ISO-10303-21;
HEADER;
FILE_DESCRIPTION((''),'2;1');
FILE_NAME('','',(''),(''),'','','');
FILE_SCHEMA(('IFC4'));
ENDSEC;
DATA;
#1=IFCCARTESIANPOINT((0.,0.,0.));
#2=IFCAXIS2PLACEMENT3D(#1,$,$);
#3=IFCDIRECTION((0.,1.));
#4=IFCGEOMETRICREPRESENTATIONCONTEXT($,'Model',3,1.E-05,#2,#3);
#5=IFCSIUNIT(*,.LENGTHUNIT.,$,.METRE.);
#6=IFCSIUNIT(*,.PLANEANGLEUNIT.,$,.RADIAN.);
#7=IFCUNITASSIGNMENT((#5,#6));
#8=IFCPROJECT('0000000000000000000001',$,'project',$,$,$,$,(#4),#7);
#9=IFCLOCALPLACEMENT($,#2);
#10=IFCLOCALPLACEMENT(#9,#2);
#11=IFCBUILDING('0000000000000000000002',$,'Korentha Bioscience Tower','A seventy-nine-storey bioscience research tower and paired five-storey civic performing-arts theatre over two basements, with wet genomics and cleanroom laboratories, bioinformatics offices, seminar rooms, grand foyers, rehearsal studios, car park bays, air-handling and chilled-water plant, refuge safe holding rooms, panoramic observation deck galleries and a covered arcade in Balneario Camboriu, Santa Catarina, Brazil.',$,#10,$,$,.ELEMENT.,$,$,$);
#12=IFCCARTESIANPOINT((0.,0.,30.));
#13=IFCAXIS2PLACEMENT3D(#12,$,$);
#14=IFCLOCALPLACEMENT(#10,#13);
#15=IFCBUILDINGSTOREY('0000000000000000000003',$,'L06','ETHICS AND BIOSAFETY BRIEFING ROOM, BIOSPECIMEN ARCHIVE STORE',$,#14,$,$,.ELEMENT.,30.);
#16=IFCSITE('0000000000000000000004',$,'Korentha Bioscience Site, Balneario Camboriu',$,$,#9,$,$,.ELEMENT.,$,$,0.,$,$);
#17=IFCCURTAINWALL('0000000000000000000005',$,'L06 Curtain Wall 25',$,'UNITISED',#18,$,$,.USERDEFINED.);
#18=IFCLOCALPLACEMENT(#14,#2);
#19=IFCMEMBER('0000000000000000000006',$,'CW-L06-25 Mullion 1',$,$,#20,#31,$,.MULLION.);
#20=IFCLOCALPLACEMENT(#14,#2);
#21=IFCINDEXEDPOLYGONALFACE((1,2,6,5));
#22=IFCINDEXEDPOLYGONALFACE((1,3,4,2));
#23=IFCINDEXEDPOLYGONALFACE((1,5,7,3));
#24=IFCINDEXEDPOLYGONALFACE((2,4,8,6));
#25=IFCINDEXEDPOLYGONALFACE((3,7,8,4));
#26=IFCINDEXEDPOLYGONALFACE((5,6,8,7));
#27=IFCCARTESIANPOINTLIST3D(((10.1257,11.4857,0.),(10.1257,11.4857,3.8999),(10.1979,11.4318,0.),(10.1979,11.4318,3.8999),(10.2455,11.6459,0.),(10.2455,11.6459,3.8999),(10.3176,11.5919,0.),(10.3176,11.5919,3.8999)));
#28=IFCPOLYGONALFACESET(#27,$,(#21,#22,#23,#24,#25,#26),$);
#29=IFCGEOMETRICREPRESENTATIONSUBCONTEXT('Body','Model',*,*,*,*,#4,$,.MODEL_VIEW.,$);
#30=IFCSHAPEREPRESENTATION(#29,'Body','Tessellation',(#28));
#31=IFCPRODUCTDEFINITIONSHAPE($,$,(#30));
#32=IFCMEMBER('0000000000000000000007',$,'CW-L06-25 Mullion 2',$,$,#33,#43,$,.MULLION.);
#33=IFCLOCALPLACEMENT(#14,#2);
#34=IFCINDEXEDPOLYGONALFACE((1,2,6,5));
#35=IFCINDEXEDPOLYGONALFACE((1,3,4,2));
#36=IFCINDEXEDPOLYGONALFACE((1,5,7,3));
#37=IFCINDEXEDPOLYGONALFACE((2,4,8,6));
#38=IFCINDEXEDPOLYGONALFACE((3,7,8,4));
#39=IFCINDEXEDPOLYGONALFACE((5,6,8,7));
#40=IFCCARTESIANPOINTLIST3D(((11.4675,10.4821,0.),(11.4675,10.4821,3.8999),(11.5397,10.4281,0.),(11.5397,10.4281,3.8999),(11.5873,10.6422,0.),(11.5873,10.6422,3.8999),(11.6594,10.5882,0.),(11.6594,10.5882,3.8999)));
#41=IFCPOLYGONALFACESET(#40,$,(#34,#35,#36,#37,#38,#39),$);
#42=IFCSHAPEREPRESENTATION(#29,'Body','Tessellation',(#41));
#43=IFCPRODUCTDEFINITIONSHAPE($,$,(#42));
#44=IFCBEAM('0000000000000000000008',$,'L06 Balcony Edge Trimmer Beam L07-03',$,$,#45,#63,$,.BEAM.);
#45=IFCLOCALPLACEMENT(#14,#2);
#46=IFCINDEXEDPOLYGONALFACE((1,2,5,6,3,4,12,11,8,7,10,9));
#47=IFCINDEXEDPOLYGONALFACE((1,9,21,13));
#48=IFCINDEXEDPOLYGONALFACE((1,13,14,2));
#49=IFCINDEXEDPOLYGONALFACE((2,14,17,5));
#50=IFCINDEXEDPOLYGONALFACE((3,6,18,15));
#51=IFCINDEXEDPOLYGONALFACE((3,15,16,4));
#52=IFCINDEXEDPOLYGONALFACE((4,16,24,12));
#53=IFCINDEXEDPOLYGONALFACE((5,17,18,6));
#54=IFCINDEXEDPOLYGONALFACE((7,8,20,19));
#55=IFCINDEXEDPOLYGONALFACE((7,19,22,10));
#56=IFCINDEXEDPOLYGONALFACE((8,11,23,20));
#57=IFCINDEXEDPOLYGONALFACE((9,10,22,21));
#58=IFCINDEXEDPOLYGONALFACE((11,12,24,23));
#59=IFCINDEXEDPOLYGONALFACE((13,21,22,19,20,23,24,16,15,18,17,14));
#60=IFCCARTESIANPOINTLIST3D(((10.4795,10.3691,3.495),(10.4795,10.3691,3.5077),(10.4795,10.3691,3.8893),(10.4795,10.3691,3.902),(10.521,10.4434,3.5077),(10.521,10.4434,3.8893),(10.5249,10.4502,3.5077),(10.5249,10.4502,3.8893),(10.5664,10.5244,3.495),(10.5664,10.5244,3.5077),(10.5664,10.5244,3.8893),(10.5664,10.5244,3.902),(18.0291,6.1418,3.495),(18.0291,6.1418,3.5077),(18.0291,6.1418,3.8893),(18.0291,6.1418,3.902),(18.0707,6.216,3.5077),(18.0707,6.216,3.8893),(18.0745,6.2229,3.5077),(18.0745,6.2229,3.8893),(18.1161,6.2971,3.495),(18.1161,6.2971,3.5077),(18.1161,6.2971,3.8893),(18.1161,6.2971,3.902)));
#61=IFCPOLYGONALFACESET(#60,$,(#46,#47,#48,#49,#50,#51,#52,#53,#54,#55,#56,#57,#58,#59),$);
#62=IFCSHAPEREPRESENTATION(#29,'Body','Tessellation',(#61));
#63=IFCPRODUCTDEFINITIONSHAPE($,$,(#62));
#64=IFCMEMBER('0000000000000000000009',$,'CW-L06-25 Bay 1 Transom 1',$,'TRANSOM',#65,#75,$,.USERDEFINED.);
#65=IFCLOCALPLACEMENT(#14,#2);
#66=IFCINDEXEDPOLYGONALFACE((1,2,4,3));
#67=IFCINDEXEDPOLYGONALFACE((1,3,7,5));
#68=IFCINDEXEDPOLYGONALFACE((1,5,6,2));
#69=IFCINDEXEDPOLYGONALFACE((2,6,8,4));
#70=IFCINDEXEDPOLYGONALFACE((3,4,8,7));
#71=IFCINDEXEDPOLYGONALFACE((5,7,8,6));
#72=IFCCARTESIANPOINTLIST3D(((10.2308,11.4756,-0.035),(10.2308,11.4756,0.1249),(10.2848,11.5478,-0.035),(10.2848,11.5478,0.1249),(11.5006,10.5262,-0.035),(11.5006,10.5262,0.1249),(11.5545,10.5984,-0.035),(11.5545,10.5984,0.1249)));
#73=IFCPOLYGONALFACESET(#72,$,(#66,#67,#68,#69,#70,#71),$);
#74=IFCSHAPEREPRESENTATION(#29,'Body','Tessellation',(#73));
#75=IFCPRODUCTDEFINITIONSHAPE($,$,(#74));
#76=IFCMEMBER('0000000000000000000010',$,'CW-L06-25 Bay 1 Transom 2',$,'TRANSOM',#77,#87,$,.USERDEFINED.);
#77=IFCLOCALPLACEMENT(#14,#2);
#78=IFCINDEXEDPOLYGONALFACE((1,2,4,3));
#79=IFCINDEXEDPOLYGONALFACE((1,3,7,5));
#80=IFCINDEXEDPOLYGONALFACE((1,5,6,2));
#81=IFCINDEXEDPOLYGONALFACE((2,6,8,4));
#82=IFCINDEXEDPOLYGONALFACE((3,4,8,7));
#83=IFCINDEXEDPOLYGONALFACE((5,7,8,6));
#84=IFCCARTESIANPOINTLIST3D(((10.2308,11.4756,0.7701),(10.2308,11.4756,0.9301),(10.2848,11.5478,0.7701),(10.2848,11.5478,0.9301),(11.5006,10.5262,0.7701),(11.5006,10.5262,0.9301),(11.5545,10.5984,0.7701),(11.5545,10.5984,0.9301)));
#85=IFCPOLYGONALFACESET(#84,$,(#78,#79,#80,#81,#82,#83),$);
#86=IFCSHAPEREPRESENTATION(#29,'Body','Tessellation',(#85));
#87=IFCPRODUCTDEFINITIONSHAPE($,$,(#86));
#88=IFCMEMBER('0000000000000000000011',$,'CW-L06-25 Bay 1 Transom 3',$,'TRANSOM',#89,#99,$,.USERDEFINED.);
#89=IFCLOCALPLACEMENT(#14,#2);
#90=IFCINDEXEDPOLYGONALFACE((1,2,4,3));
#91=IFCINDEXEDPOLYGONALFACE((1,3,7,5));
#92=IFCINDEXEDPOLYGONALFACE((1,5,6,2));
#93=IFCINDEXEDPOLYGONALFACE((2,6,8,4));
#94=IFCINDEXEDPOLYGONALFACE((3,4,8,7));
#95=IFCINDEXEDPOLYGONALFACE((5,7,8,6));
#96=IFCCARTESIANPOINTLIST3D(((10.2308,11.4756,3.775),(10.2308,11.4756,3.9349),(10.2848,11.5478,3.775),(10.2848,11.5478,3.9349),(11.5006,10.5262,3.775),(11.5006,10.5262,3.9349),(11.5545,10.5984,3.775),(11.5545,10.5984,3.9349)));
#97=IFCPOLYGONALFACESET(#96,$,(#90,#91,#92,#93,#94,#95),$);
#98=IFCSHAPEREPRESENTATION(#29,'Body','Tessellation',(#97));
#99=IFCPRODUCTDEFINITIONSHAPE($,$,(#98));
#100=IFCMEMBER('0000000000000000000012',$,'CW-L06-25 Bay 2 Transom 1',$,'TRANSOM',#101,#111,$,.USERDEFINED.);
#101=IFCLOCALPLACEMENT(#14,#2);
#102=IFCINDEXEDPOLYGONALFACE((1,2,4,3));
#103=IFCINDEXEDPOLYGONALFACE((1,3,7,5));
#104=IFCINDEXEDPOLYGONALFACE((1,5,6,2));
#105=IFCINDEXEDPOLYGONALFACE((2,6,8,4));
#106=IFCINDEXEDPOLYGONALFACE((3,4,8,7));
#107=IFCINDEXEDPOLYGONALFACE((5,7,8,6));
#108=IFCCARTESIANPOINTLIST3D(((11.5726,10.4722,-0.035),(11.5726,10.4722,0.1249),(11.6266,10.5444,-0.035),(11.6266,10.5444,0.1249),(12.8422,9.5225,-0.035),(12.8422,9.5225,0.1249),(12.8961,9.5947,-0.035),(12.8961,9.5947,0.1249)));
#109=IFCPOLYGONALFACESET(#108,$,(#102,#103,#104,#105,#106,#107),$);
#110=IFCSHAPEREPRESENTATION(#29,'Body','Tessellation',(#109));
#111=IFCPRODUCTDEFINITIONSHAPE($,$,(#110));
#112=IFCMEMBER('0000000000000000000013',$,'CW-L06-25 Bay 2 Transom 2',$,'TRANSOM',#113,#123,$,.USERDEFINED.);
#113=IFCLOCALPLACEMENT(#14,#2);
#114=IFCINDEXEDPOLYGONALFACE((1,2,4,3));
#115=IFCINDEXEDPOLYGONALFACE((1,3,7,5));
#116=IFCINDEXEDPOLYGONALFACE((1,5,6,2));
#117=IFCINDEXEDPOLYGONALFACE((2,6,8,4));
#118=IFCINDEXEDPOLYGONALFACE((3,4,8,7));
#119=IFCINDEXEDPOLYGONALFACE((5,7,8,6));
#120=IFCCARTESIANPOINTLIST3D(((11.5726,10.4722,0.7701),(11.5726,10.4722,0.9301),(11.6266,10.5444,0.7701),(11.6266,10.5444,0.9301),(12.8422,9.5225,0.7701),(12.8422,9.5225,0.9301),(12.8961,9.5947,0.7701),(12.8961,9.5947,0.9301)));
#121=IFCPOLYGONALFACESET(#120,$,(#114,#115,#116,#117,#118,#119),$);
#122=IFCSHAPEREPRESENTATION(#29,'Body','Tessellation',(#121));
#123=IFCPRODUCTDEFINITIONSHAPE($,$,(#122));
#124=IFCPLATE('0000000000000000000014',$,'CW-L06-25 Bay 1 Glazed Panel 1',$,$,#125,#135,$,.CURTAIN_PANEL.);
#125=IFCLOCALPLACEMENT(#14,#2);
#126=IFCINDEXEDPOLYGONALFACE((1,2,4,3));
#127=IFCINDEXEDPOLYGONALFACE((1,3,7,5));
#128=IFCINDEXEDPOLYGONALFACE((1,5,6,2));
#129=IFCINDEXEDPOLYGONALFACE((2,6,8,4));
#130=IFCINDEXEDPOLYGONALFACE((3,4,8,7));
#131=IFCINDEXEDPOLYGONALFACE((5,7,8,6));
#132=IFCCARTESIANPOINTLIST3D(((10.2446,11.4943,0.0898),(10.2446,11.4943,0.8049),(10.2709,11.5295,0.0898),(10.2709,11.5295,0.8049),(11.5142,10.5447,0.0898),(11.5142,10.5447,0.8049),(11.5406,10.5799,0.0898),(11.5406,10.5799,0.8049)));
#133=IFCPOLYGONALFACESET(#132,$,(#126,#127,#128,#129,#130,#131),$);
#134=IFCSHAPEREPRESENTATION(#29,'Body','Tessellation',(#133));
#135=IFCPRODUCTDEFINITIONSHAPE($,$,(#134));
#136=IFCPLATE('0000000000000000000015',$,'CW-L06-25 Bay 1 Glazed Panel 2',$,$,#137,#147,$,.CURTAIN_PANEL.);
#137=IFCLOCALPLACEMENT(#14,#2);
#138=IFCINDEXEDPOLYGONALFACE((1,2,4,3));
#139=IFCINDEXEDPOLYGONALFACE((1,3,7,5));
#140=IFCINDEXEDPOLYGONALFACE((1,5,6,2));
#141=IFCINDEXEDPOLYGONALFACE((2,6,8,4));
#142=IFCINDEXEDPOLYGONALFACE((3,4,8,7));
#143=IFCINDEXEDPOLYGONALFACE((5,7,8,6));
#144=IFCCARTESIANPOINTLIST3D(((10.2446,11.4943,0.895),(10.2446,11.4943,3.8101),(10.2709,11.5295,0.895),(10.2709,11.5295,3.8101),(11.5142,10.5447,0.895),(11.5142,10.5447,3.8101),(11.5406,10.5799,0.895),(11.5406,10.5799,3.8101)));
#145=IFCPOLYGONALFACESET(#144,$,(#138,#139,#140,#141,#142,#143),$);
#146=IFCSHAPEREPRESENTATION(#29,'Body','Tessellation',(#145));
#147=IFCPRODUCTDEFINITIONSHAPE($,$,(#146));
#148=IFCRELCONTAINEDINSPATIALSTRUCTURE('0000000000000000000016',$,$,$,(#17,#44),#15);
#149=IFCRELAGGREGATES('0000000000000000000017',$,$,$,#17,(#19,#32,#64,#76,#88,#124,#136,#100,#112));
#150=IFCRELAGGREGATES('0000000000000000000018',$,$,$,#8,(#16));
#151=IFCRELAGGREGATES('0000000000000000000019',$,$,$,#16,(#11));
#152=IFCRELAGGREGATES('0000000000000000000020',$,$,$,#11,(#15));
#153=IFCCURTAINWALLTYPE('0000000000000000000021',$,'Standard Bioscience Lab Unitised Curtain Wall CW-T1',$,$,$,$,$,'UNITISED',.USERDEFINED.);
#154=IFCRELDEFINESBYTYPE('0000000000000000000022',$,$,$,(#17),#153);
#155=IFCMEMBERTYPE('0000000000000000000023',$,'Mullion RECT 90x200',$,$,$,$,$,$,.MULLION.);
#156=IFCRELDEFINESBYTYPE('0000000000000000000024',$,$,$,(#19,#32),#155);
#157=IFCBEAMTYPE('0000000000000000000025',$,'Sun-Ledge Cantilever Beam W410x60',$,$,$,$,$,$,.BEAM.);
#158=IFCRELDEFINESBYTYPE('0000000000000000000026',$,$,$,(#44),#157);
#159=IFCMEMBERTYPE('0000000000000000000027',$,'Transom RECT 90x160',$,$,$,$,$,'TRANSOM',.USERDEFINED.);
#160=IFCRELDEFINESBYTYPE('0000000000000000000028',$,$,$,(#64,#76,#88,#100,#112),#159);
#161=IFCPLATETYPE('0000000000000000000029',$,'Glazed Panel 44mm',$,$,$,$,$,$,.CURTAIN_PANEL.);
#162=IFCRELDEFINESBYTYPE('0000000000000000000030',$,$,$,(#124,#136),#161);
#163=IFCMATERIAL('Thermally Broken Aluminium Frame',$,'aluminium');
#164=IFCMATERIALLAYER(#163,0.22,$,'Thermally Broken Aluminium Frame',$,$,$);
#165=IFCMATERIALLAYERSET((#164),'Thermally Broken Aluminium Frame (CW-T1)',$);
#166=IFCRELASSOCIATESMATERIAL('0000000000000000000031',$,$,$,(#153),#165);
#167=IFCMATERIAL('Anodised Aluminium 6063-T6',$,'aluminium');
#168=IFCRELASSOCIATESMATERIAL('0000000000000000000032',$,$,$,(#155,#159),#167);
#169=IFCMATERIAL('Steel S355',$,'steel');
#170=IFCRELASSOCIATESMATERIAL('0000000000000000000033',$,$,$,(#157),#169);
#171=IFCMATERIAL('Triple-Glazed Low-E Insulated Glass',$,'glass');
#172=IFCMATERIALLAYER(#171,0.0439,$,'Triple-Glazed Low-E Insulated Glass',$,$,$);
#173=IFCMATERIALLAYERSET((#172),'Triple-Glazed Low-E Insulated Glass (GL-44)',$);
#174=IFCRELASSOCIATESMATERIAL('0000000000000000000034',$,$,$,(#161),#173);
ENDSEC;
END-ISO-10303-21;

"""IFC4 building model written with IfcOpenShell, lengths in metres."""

from ifc_helpers import new_model, si_unit, direction, frame, origin, origin_2d, place, context, subcontext, project, spatial, rectangle, i_section, extrude, material, layer, layer_set, material_profile, profile_set, type_object, element, aggregate, save


model = new_model("IFC4")

# Units and contexts
model_context = context("Model", 3, precision=1e-05, world=origin(), true_north=direction((0.0, 1.0)))
body_context = subcontext(model_context, "Body", "Model", "MODEL_VIEW")
ifc_project = project(units=[si_unit("LENGTHUNIT", "METRE"), si_unit("PLANEANGLEUNIT", "RADIAN")], contexts=[model_context])

# Site, building, storey
site_placement = place(None, origin())
site = spatial("IfcSite", under=ifc_project, at=site_placement, Name="Korentha Bioscience Site, Balneario Camboriu", CompositionType="ELEMENT", RefElevation=0.0)
building_placement = place(site_placement, origin())
building = spatial("IfcBuilding", under=site, at=building_placement, Name="Korentha Bioscience Tower", Description="A seventy-nine-storey bioscience research tower and paired five-storey civic performing-arts theatre over two basements, with wet genomics and cleanroom laboratories, bioinformatics offices, seminar rooms, grand foyers, rehearsal studios, car park bays, air-handling and chilled-water plant, refuge safe holding rooms, panoramic observation deck galleries and a covered arcade in Balneario Camboriu, Santa Catarina, Brazil.", CompositionType="ELEMENT")
storey_placement = place(building_placement, frame((0.0, 0.0, 30.0)))
storey = spatial("IfcBuildingStorey", under=building, at=storey_placement, Name="L06", Description="ETHICS AND BIOSAFETY BRIEFING ROOM, BIOSPECIMEN ARCHIVE STORE", CompositionType="ELEMENT", Elevation=30.0)

# Curtain wall, members
ifc_material_1 = material(Name="Thermally Broken Aluminium Frame", Category="aluminium")
ifc_layer_1 = layer(ifc_material_1, 0.22, Name="Thermally Broken Aluminium Frame")
ifc_layer_set_1 = layer_set([ifc_layer_1], Name="Thermally Broken Aluminium Frame (CW-T1)")
curtain_wall_type = type_object("IfcCurtainWallType", Name="Standard Bioscience Lab Unitised Curtain Wall CW-T1", ElementType="UNITISED", PredefinedType="USERDEFINED", material=ifc_layer_set_1)
curtain_wall_placement = place(storey_placement, origin())
curtain_wall = element("IfcCurtainWall", 1, at=curtain_wall_placement, inside=storey, type_object=curtain_wall_type, Name="L06 Curtain Wall 25", ObjectType="UNITISED", PredefinedType="USERDEFINED")
ifc_material_2 = material(Name="Anodised Aluminium 6063-T6", Category="aluminium")
ifc_material_profile_1 = material_profile(ifc_material_2, rectangle(XDim=0.0901, YDim=0.2, at=origin_2d()), Name="Anodised Aluminium 6063-T6")
ifc_profile_set_1 = profile_set([ifc_material_profile_1], Name="Anodised Aluminium 6063-T6 (CW-MUL)")
member_type_1 = type_object("IfcMemberType", Name="Mullion RECT 90x200", PredefinedType="MULLION", material=ifc_profile_set_1)
member_1_placement = place(storey_placement, frame((10.2217, 11.5388, 0.0), z_axis=(0.0, 0.0, 1.0), x_axis=(0.800798, -0.598935, 0.0)))
member_1 = element("IfcMember", 2, at=member_1_placement, type_object=member_type_1, Name="CW-L06-25 Mullion 1", PredefinedType="MULLION", context=body_context, shape_type="SweptSolid", body=[
    extrude(rectangle(XDim=0.0901, YDim=0.2, at=origin_2d()), origin(), (0.0, 0.0, 1.0), 3.8999),
])
member_2_placement = place(storey_placement, frame((11.5635, 10.5352, 0.0), z_axis=(0.0, 0.0, 1.0), x_axis=(0.800798, -0.598935, 0.0)))
member_2 = element("IfcMember", 3, at=member_2_placement, type_object=member_type_1, Name="CW-L06-25 Mullion 2", PredefinedType="MULLION", context=body_context, shape_type="SweptSolid", body=[
    extrude(rectangle(XDim=0.0901, YDim=0.2, at=origin_2d()), origin(), (0.0, 0.0, 1.0), 3.8999),
])

# Beam
ifc_material_3 = material(Name="Steel S355", Category="steel")
ifc_material_profile_2 = material_profile(ifc_material_3, i_section(OverallWidth=0.178, OverallDepth=0.407, WebThickness=0.0078, FlangeThickness=0.0127, at=origin_2d()), Name="Steel S355")
ifc_profile_set_2 = profile_set([ifc_material_profile_2], Name="Steel S355 (CB-410)")
beam_type = type_object("IfcBeamType", Name="Sun-Ledge Cantilever Beam W410x60", PredefinedType="BEAM", material=ifc_profile_set_2)
beam_placement = place(storey_placement, frame((10.5229, 10.4468, 3.6985), z_axis=(0.872529, -0.488563, 0.0), x_axis=(0.488563, 0.872529, 0.0)))
element("IfcBeam", 4, at=beam_placement, inside=storey, type_object=beam_type, Name="L06 Balcony Edge Trimmer Beam L07-03", PredefinedType="BEAM", context=body_context, shape_type="SweptSolid", body=[
    extrude(i_section(OverallWidth=0.178, OverallDepth=0.407, WebThickness=0.0078, FlangeThickness=0.0127, at=origin_2d()), origin(), (0.0, 0.0, 1.0), 8.6526),
])

# Members
ifc_material_profile_3 = material_profile(ifc_material_2, rectangle(XDim=0.0901, YDim=0.1599, at=origin_2d()), Name="Anodised Aluminium 6063-T6")
ifc_profile_set_3 = profile_set([ifc_material_profile_3], Name="Anodised Aluminium 6063-T6 (CW-TRN)")
member_type_2 = type_object("IfcMemberType", Name="Transom RECT 90x160", ElementType="TRANSOM", PredefinedType="USERDEFINED", material=ifc_profile_set_3)
member_3_placement = place(storey_placement, frame((10.2578, 11.5117, 0.0449), z_axis=(0.800868, -0.598841, 0.0), x_axis=(0.598841, 0.800868, 0.0)))
member_3 = element("IfcMember", 5, at=member_3_placement, type_object=member_type_2, Name="CW-L06-25 Bay 1 Transom 1", ObjectType="TRANSOM", PredefinedType="USERDEFINED", context=body_context, shape_type="SweptSolid", body=[
    extrude(rectangle(XDim=0.0901, YDim=0.1599, at=origin_2d()), origin(), (0.0, 0.0, 1.0), 1.5854),
])
member_4_placement = place(storey_placement, frame((10.2578, 11.5117, 0.8501), z_axis=(0.800868, -0.598841, 0.0), x_axis=(0.598841, 0.800868, 0.0)))
member_4 = element("IfcMember", 6, at=member_4_placement, type_object=member_type_2, Name="CW-L06-25 Bay 1 Transom 2", ObjectType="TRANSOM", PredefinedType="USERDEFINED", context=body_context, shape_type="SweptSolid", body=[
    extrude(rectangle(XDim=0.0901, YDim=0.1599, at=origin_2d()), origin(), (0.0, 0.0, 1.0), 1.5854),
])
member_5_placement = place(storey_placement, frame((10.2578, 11.5117, 3.855), z_axis=(0.800868, -0.598841, 0.0), x_axis=(0.598841, 0.800868, 0.0)))
member_5 = element("IfcMember", 7, at=member_5_placement, type_object=member_type_2, Name="CW-L06-25 Bay 1 Transom 3", ObjectType="TRANSOM", PredefinedType="USERDEFINED", context=body_context, shape_type="SweptSolid", body=[
    extrude(rectangle(XDim=0.0901, YDim=0.1599, at=origin_2d()), origin(), (0.0, 0.0, 1.0), 1.5854),
])
member_6_placement = place(storey_placement, frame((11.5996, 10.5083, 0.0449), z_axis=(0.800739, -0.599014, 0.0), x_axis=(0.599014, 0.800739, 0.0)))
member_6 = element("IfcMember", 8, at=member_6_placement, type_object=member_type_2, Name="CW-L06-25 Bay 2 Transom 1", ObjectType="TRANSOM", PredefinedType="USERDEFINED", context=body_context, shape_type="SweptSolid", body=[
    extrude(rectangle(XDim=0.0901, YDim=0.1599, at=origin_2d()), origin(), (0.0, 0.0, 1.0), 1.5854),
])
member_7_placement = place(storey_placement, frame((11.5996, 10.5083, 0.8501), z_axis=(0.800739, -0.599014, 0.0), x_axis=(0.599014, 0.800739, 0.0)))
member_7 = element("IfcMember", 9, at=member_7_placement, type_object=member_type_2, Name="CW-L06-25 Bay 2 Transom 2", ObjectType="TRANSOM", PredefinedType="USERDEFINED", context=body_context, shape_type="SweptSolid", body=[
    extrude(rectangle(XDim=0.0901, YDim=0.1599, at=origin_2d()), origin(), (0.0, 0.0, 1.0), 1.5854),
])

# Plates
ifc_material_4 = material(Name="Triple-Glazed Low-E Insulated Glass", Category="glass")
ifc_layer_2 = layer(ifc_material_4, 0.0439, Name="Triple-Glazed Low-E Insulated Glass")
ifc_layer_set_2 = layer_set([ifc_layer_2], Name="Triple-Glazed Low-E Insulated Glass (GL-44)")
plate_type = type_object("IfcPlateType", Name="Glazed Panel 44mm", PredefinedType="CURTAIN_PANEL", material=ifc_layer_set_2)
plate_1_placement = place(storey_placement, frame((10.8926, 11.0371, 0.0898), z_axis=(0.0, 0.0, 1.0), x_axis=(0.800798, -0.598935, 0.0)))
plate_1 = element("IfcPlate", 10, at=plate_1_placement, type_object=plate_type, Name="CW-L06-25 Bay 1 Glazed Panel 1", PredefinedType="CURTAIN_PANEL", context=body_context, shape_type="SweptSolid", body=[
    extrude(rectangle(XDim=1.5854, YDim=0.0439, at=origin_2d()), origin(), (0.0, 0.0, 1.0), 0.7151),
])
plate_2_placement = place(storey_placement, frame((10.8926, 11.0371, 0.895), z_axis=(0.0, 0.0, 1.0), x_axis=(0.800798, -0.598935, 0.0)))
plate_2 = element("IfcPlate", 11, at=plate_2_placement, type_object=plate_type, Name="CW-L06-25 Bay 1 Glazed Panel 2", PredefinedType="CURTAIN_PANEL", context=body_context, shape_type="SweptSolid", body=[
    extrude(rectangle(XDim=1.5854, YDim=0.0439, at=origin_2d()), origin(), (0.0, 0.0, 1.0), 2.915),
])
aggregate(curtain_wall, [member_1, member_2, member_3, member_4, member_5, plate_1, plate_2, member_6, member_7])

save(model, "model.ifc")
